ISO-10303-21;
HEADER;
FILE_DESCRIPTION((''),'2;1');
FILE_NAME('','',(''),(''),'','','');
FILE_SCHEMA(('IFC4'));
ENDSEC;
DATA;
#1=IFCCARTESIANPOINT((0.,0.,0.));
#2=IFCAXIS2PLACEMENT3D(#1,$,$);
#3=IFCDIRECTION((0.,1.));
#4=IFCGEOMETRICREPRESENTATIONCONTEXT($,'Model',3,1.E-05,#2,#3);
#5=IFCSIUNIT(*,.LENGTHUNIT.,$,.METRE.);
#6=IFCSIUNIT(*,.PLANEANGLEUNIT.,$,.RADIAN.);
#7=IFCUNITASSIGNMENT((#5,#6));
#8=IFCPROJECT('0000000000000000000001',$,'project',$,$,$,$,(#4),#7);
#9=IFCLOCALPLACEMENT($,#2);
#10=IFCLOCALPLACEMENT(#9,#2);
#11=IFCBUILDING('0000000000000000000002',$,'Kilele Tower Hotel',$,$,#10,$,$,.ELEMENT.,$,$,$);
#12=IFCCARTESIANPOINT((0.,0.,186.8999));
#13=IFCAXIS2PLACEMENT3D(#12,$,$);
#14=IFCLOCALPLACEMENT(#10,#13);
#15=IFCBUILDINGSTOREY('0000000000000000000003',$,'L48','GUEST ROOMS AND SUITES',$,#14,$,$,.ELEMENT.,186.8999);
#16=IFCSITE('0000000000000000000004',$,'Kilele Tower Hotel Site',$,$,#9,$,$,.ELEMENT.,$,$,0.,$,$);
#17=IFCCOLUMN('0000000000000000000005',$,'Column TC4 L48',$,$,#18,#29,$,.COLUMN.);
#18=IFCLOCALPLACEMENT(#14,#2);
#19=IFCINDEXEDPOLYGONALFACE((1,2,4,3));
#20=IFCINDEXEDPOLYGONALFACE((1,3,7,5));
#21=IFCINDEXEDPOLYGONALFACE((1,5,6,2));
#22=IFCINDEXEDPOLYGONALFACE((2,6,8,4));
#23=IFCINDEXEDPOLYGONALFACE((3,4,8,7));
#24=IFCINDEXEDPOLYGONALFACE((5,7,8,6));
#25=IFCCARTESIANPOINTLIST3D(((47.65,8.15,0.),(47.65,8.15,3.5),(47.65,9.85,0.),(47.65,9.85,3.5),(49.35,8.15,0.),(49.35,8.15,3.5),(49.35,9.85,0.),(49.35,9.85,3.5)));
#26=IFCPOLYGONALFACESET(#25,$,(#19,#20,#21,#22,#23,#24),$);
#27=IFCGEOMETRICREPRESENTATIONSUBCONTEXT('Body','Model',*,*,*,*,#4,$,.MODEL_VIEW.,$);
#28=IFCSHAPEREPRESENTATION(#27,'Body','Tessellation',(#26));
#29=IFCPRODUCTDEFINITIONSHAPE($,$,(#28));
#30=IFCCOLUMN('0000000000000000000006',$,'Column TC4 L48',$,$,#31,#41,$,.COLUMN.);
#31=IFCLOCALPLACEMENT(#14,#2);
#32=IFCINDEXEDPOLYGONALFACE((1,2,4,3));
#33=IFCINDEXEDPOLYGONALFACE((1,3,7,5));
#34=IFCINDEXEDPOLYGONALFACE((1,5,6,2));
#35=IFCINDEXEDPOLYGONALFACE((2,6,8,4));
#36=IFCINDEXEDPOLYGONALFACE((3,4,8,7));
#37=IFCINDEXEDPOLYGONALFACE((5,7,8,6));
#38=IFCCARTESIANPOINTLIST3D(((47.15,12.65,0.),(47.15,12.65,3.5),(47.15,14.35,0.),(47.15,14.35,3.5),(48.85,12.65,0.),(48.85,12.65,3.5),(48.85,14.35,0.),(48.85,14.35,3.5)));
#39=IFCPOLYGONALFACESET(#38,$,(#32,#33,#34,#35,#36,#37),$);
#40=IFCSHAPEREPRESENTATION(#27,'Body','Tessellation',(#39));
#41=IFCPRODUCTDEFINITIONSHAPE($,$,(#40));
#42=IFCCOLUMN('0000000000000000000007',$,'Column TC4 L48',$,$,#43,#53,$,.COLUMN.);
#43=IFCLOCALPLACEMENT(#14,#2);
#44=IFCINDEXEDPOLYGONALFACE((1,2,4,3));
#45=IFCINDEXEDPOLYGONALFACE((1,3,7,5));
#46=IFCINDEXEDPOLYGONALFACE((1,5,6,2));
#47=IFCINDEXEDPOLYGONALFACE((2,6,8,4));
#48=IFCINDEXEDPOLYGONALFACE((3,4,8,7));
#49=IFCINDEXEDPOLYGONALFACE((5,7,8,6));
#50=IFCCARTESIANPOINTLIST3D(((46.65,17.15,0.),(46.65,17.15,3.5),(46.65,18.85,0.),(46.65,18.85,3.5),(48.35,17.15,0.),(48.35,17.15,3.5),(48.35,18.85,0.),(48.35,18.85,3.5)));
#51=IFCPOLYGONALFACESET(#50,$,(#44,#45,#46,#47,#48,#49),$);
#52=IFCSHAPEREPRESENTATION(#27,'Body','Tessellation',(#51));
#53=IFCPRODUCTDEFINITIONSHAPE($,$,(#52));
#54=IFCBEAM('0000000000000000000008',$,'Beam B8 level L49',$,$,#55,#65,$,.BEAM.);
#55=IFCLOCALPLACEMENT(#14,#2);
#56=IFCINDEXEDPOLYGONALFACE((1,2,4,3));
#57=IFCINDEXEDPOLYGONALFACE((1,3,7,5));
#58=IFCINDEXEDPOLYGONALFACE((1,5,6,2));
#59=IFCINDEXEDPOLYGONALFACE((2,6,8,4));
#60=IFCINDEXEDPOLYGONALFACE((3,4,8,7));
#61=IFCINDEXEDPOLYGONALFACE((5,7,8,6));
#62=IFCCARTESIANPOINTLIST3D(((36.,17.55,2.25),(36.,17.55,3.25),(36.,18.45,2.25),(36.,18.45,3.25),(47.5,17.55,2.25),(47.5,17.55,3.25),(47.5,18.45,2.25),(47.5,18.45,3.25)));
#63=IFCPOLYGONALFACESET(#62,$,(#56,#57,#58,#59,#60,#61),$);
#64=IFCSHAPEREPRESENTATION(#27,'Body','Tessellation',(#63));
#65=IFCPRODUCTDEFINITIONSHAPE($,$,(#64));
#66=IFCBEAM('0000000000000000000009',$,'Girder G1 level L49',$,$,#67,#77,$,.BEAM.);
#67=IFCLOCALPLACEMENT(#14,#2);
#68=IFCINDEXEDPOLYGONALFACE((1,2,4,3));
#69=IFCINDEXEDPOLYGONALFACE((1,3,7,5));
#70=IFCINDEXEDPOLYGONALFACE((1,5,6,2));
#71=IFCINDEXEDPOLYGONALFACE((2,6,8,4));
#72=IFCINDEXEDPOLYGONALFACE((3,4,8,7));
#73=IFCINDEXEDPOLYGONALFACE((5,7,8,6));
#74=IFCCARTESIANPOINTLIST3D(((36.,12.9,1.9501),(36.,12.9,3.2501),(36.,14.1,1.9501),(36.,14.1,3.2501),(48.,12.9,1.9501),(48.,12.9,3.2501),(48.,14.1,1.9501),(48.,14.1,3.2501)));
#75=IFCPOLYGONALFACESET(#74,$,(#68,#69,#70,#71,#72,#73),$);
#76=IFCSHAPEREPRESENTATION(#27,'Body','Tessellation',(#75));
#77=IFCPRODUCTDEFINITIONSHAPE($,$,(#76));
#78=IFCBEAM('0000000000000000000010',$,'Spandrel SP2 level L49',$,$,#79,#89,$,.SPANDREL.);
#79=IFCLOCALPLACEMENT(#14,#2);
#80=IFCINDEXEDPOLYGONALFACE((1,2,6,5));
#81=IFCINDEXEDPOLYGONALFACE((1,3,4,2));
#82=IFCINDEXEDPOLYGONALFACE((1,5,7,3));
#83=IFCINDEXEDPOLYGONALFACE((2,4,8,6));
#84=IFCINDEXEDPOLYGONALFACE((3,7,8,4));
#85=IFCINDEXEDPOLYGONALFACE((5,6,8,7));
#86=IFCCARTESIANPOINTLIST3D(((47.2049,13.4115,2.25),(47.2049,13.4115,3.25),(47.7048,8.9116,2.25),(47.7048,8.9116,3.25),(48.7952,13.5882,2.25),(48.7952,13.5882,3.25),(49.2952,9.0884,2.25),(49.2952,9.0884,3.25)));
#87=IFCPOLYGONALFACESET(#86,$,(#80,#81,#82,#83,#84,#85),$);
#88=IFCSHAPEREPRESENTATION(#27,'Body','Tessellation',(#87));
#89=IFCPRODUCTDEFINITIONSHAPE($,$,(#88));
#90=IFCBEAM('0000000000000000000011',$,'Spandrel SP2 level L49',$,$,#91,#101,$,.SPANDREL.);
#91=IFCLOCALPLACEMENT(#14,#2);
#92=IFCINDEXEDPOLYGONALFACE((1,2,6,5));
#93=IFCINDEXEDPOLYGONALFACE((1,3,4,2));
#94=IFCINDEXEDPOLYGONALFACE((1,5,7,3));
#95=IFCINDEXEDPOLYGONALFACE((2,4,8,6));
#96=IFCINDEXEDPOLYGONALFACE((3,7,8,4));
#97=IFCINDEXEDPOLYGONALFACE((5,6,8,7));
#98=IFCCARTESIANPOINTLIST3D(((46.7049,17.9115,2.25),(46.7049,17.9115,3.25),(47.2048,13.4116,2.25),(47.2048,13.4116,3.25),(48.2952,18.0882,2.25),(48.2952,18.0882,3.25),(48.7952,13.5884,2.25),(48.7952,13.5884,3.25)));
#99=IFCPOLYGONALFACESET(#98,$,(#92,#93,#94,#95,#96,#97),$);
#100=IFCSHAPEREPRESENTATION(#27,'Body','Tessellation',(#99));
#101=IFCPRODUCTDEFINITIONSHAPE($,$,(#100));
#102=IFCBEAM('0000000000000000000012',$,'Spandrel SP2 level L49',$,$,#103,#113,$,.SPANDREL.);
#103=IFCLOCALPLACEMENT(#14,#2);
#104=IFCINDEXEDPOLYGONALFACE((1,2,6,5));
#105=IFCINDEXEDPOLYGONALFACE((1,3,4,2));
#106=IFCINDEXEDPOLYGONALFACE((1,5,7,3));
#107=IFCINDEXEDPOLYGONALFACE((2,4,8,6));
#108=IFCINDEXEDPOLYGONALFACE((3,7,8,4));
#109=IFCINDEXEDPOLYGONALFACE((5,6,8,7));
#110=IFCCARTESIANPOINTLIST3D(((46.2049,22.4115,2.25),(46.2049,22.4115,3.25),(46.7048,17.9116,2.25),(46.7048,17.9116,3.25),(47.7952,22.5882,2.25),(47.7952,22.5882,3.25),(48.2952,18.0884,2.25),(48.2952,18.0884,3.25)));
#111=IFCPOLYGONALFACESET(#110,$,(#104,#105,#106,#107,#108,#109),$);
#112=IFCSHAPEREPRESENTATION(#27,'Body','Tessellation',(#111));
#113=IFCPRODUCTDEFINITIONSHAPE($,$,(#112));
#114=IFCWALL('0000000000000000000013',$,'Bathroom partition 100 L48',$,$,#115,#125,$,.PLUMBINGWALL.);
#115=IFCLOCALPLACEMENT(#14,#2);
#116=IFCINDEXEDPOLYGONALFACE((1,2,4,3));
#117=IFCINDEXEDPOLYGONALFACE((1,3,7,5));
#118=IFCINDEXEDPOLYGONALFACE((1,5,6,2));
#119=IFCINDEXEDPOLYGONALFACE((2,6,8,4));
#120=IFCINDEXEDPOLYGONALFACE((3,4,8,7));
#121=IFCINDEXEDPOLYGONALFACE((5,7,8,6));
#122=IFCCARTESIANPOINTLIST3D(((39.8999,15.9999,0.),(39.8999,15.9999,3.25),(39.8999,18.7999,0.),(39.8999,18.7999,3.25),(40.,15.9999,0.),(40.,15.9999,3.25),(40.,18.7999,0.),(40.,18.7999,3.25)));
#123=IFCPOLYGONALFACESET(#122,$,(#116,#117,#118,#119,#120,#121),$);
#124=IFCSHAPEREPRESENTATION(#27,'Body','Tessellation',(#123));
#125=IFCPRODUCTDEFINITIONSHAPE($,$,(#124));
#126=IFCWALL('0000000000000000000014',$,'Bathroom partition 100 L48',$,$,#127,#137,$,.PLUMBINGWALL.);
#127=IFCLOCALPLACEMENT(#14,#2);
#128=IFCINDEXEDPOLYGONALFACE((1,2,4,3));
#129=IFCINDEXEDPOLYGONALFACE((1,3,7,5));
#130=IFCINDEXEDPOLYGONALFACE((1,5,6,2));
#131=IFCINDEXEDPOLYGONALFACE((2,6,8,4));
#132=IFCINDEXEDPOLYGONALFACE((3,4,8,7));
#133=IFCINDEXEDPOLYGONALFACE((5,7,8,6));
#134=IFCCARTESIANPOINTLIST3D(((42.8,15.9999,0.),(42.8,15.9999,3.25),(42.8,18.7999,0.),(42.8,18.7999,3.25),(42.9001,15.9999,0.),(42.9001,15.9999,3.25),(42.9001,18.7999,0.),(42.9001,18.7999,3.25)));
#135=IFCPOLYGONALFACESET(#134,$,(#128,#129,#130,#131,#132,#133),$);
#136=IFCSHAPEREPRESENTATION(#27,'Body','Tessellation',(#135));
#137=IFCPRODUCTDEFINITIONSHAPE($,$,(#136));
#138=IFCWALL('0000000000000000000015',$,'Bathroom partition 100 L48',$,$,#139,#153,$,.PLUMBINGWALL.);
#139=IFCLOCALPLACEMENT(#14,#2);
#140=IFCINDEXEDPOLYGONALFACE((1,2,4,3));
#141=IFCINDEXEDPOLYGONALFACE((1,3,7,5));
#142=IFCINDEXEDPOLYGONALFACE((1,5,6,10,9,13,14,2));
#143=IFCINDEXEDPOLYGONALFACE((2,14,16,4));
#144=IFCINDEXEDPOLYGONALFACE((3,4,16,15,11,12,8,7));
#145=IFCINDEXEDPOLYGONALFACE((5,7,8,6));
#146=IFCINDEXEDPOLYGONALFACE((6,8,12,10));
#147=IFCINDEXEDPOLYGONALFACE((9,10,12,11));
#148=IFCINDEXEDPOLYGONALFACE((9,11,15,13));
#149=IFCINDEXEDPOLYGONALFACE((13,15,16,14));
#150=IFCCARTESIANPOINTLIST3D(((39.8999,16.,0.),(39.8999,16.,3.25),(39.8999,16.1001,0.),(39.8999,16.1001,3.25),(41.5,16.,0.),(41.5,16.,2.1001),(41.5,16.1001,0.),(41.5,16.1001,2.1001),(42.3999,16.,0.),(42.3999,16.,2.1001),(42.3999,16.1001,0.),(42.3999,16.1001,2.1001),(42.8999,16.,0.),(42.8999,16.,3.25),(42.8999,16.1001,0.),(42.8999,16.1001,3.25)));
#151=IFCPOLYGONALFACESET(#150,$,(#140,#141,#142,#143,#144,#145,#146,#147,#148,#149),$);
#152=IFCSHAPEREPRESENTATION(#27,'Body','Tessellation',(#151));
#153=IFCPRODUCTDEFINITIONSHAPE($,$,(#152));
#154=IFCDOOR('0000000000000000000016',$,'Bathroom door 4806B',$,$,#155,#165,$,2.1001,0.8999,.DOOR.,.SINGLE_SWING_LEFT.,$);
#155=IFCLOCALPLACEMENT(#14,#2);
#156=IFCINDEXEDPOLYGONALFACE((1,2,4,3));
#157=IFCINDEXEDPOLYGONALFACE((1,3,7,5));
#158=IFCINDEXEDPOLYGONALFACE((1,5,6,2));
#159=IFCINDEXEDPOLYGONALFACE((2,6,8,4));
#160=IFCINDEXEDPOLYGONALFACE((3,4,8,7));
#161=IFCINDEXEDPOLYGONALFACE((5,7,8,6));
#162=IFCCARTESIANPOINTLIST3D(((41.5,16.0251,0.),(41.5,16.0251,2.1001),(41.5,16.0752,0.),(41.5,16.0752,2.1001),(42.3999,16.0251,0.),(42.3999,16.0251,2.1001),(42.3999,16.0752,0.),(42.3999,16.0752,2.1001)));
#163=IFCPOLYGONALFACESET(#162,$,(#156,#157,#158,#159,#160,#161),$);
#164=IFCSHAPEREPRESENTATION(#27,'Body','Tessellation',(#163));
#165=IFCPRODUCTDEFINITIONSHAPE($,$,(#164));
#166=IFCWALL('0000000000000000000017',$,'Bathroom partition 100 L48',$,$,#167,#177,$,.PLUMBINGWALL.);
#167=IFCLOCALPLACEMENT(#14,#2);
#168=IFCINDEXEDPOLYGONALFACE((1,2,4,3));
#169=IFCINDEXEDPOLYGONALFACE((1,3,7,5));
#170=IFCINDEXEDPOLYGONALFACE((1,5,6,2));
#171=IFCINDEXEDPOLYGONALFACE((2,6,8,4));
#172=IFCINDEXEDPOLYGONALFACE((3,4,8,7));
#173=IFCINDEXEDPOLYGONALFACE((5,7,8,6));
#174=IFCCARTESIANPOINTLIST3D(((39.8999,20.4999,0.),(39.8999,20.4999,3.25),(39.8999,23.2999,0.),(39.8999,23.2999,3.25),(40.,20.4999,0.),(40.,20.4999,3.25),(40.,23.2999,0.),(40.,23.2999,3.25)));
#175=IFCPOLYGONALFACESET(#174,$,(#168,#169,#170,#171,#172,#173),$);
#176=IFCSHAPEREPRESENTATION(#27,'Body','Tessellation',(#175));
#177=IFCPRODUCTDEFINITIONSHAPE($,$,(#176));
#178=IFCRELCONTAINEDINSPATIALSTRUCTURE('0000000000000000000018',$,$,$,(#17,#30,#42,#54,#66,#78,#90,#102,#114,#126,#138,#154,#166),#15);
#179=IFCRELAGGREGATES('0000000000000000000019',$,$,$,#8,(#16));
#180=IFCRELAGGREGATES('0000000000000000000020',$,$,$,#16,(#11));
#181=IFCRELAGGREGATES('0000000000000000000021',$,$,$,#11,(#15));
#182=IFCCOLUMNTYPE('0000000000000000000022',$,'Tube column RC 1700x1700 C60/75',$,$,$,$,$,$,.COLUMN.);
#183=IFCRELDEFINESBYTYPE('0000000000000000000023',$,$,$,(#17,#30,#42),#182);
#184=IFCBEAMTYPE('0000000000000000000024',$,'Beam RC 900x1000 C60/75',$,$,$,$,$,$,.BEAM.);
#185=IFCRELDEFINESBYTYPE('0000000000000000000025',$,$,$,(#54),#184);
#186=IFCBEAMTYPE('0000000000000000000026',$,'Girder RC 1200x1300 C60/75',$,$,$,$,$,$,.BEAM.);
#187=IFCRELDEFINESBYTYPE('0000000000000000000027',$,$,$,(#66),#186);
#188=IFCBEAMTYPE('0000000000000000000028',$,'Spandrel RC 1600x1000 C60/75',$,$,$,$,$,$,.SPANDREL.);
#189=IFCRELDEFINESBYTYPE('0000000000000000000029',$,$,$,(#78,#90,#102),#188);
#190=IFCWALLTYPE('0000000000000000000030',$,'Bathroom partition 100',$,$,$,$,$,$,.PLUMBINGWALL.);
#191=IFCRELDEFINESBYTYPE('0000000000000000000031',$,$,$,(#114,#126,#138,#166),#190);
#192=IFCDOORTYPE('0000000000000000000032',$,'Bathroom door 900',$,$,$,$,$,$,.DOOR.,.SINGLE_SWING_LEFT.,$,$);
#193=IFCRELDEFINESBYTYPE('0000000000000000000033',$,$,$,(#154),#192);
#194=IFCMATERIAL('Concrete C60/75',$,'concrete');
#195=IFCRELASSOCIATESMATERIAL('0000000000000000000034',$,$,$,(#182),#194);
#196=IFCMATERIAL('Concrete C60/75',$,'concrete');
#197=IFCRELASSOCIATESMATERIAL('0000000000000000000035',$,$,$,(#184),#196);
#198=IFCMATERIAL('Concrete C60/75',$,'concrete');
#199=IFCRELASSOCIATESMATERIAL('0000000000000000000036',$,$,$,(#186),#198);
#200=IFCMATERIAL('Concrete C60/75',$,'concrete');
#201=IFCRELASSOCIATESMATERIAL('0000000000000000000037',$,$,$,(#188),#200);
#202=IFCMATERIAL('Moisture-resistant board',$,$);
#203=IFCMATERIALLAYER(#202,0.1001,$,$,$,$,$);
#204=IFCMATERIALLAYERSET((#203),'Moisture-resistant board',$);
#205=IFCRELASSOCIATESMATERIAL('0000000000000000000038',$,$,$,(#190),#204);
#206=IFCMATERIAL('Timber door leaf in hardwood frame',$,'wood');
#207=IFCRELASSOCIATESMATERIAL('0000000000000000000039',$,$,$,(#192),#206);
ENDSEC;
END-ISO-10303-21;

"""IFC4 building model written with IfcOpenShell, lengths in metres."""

from ifc_helpers import new_model, si_unit, direction, frame, frame_2d, origin, origin_2d, place, context, subcontext, project, spatial, rectangle, extrude, material, layer, layer_set, material_profile, profile_set, type_object, element, fill, save


model = new_model("IFC4")

# Units and contexts
model_context = context("Model", 3, precision=1e-05, world=origin(), true_north=direction((0.0, 1.0)))
body_context = subcontext(model_context, "Body", "Model", "MODEL_VIEW")
ifc_project = project(units=[si_unit("LENGTHUNIT", "METRE"), si_unit("PLANEANGLEUNIT", "RADIAN")], contexts=[model_context])

# Site, building, storey
site_placement = place(None, origin())
site = spatial("IfcSite", under=ifc_project, at=site_placement, Name="Kilele Tower Hotel Site", CompositionType="ELEMENT", RefElevation=0.0)
building_placement = place(site_placement, origin())
building = spatial("IfcBuilding", under=site, at=building_placement, Name="Kilele Tower Hotel", CompositionType="ELEMENT")
storey_placement = place(building_placement, frame((0.0, 0.0, 186.8999)))
storey = spatial("IfcBuildingStorey", under=building, at=storey_placement, Name="L48", Description="GUEST ROOMS AND SUITES", CompositionType="ELEMENT", Elevation=186.8999)

# Columns
ifc_material_1 = material(Name="Concrete C60/75", Category="concrete")
ifc_material_profile_1 = material_profile(ifc_material_1, rectangle(XDim=1.7, YDim=1.7, at=origin_2d()))
ifc_profile_set_1 = profile_set([ifc_material_profile_1], Name="Concrete C60/75")
column_type = type_object("IfcColumnType", Name="Tube column RC 1700x1700 C60/75", PredefinedType="COLUMN", material=ifc_profile_set_1)
for number, where, z_axis, x_axis, name in (
    (1, (48.5, 9.0, 0.0), (0.0, 0.0, 1.0), (1.0, 0.0, 0.0), "Column TC4 L48"),
    (2, (48.0, 13.5, 0.0), (0.0, 0.0, 1.0), (1.0, 0.0, 0.0), "Column TC4 L48"),
    (3, (47.5, 18.0, 0.0), (0.0, 0.0, 1.0), (1.0, 0.0, 0.0), "Column TC4 L48"),
):
    element("IfcColumn", number, at=place(storey_placement, frame(where, z_axis=z_axis, x_axis=x_axis)), inside=storey, type_object=column_type, Name=name, PredefinedType="COLUMN", context=body_context, shape_type="SweptSolid", body=[
        extrude(rectangle(XDim=1.7, YDim=1.7, at=origin_2d()), origin(), (0.0, 0.0, 1.0), 3.5),
    ])

# Beams
ifc_material_2 = material(Name="Concrete C60/75", Category="concrete")
ifc_material_profile_2 = material_profile(ifc_material_2, rectangle(XDim=0.8999, YDim=1.0, at=origin_2d()))
ifc_profile_set_2 = profile_set([ifc_material_profile_2], Name="Concrete C60/75")
beam_type_1 = type_object("IfcBeamType", Name="Beam RC 900x1000 C60/75", PredefinedType="BEAM", material=ifc_profile_set_2)
beam_1_placement = place(storey_placement, frame((47.5, 18.0, 2.75), z_axis=(-1.0, 0.0, 0.0), x_axis=(0.0, -1.0, 0.0)))
element("IfcBeam", 4, at=beam_1_placement, inside=storey, type_object=beam_type_1, Name="Beam B8 level L49", PredefinedType="BEAM", context=body_context, shape_type="SweptSolid", body=[
    extrude(rectangle(XDim=0.8999, YDim=1.0, at=origin_2d()), origin(), (0.0, 0.0, 1.0), 11.5),
])
ifc_material_3 = material(Name="Concrete C60/75", Category="concrete")
ifc_material_profile_3 = material_profile(ifc_material_3, rectangle(XDim=1.2, YDim=1.3, at=origin_2d()))
ifc_profile_set_3 = profile_set([ifc_material_profile_3], Name="Concrete C60/75")
beam_type_2 = type_object("IfcBeamType", Name="Girder RC 1200x1300 C60/75", PredefinedType="BEAM", material=ifc_profile_set_3)
beam_2_placement = place(storey_placement, frame((48.0, 13.5, 2.6001), z_axis=(-1.0, 0.0, 0.0), x_axis=(0.0, -1.0, 0.0)))
element("IfcBeam", 5, at=beam_2_placement, inside=storey, type_object=beam_type_2, Name="Girder G1 level L49", PredefinedType="BEAM", context=body_context, shape_type="SweptSolid", body=[
    extrude(rectangle(XDim=1.2, YDim=1.3, at=origin_2d()), origin(), (0.0, 0.0, 1.0), 12.0),
])
ifc_material_4 = material(Name="Concrete C60/75", Category="concrete")
ifc_material_profile_4 = material_profile(ifc_material_4, rectangle(XDim=1.6001, YDim=1.0, at=origin_2d()))
ifc_profile_set_4 = profile_set([ifc_material_profile_4], Name="Concrete C60/75")
beam_type_3 = type_object("IfcBeamType", Name="Spandrel RC 1600x1000 C60/75", PredefinedType="SPANDREL", material=ifc_profile_set_4)
for number, where, z_axis, x_axis, name in (
    (6, (48.5, 9.0, 2.75), (-0.110432, 0.993884, 0.0), (-0.993884, -0.110432, 0.0), "Spandrel SP2 level L49"),
    (7, (48.0, 13.5, 2.75), (-0.110432, 0.993884, 0.0), (-0.993884, -0.110432, 0.0), "Spandrel SP2 level L49"),
    (8, (47.5, 18.0, 2.75), (-0.110432, 0.993884, 0.0), (-0.993884, -0.110432, 0.0), "Spandrel SP2 level L49"),
):
    element("IfcBeam", number, at=place(storey_placement, frame(where, z_axis=z_axis, x_axis=x_axis)), inside=storey, type_object=beam_type_3, Name=name, PredefinedType="SPANDREL", context=body_context, shape_type="SweptSolid", body=[
        extrude(rectangle(XDim=1.6001, YDim=1.0, at=origin_2d()), origin(), (0.0, 0.0, 1.0), 4.5276),
    ])

# Walls
ifc_material_5 = material(Name="Moisture-resistant board")
ifc_layer_1 = layer(ifc_material_5, 0.1001)
ifc_layer_set_1 = layer_set([ifc_layer_1], Name="Moisture-resistant board")
wall_type_1 = type_object("IfcWallType", Name="Bathroom partition 100", PredefinedType="PLUMBINGWALL", material=ifc_layer_set_1)
for number, where, z_axis, x_axis, name in (
    (9, (39.95, 16.0, 0.0), (0.0, 0.0, 1.0), (0.0, 1.0, 0.0), "Bathroom partition 100 L48"),
    (10, (42.8501, 16.0, 0.0), (0.0, 0.0, 1.0), (0.0, 1.0, 0.0), "Bathroom partition 100 L48"),
):
    element("IfcWall", number, at=place(storey_placement, frame(where, z_axis=z_axis, x_axis=x_axis)), inside=storey, type_object=wall_type_1, Name=name, PredefinedType="PLUMBINGWALL", context=body_context, shape_type="SweptSolid", body=[
        extrude(rectangle(XDim=2.8, YDim=0.1001, at=frame_2d((1.3999, 0.0))), origin(), (0.0, 0.0, 1.0), 3.25),
    ])

# Wall, opening, door
wall_1_placement = place(storey_placement, frame((39.8999, 16.05, 0.0), z_axis=(0.0, 0.0, 1.0), x_axis=(1.0, 0.0, 0.0)))
wall_1 = element("IfcWall", 11, at=wall_1_placement, inside=storey, type_object=wall_type_1, Name="Bathroom partition 100 L48", PredefinedType="PLUMBINGWALL", context=body_context, shape_type="SweptSolid", body=[
    extrude(rectangle(XDim=3.0, YDim=0.1001, at=frame_2d((1.5, 0.0))), origin(), (0.0, 0.0, 1.0), 3.25),
])
opening_1_placement = place(wall_1_placement, frame((2.5, 0.0, 0.0), z_axis=(0.0, 0.0, 1.0), x_axis=(-1.0, 0.0, 0.0)))
opening_1 = element("IfcOpeningElement", 12, at=opening_1_placement, cuts=wall_1, PredefinedType="OPENING", context=body_context, shape_type="SweptSolid", body=[
    extrude(rectangle(XDim=0.8999, YDim=2.1001, at=frame_2d((0.45, 1.05))), frame((0.0, 0.0601, 0.0), z_axis=(0.0, -1.0, 0.0), x_axis=(1.0, 0.0, 0.0)), (0.0, 0.0, 1.0), 0.1201),
])
ifc_material_6 = material(Name="Timber door leaf in hardwood frame", Category="wood")
door_type_1 = type_object("IfcDoorType", Name="Bathroom door 900", OperationType="SINGLE_SWING_LEFT", PredefinedType="DOOR", material=ifc_material_6)
door_1_placement = place(opening_1_placement, origin())
door_1 = element("IfcDoor", 13, at=door_1_placement, inside=storey, type_object=door_type_1, Name="Bathroom door 4806B", OperationType="SINGLE_SWING_LEFT", OverallHeight=2.1001, OverallWidth=0.8999, PredefinedType="DOOR", context=body_context, shape_type="SweptSolid", body=[
    extrude(rectangle(XDim=0.8999, YDim=2.1001, at=frame_2d((0.45, 1.05))), frame((0.0, 0.0249, 0.0), z_axis=(0.0, -1.0, 0.0), x_axis=(1.0, 0.0, 0.0)), (0.0, 0.0, 1.0), 0.05),
])
fill(opening_1, door_1)

# Wall
wall_2_placement = place(storey_placement, frame((39.95, 20.5, 0.0), z_axis=(0.0, 0.0, 1.0), x_axis=(0.0, 1.0, 0.0)))
element("IfcWall", 14, at=wall_2_placement, inside=storey, type_object=wall_type_1, Name="Bathroom partition 100 L48", PredefinedType="PLUMBINGWALL", context=body_context, shape_type="SweptSolid", body=[
    extrude(rectangle(XDim=2.8, YDim=0.1001, at=frame_2d((1.3999, 0.0))), origin(), (0.0, 0.0, 1.0), 3.25),
])

save(model, "model.ifc")
